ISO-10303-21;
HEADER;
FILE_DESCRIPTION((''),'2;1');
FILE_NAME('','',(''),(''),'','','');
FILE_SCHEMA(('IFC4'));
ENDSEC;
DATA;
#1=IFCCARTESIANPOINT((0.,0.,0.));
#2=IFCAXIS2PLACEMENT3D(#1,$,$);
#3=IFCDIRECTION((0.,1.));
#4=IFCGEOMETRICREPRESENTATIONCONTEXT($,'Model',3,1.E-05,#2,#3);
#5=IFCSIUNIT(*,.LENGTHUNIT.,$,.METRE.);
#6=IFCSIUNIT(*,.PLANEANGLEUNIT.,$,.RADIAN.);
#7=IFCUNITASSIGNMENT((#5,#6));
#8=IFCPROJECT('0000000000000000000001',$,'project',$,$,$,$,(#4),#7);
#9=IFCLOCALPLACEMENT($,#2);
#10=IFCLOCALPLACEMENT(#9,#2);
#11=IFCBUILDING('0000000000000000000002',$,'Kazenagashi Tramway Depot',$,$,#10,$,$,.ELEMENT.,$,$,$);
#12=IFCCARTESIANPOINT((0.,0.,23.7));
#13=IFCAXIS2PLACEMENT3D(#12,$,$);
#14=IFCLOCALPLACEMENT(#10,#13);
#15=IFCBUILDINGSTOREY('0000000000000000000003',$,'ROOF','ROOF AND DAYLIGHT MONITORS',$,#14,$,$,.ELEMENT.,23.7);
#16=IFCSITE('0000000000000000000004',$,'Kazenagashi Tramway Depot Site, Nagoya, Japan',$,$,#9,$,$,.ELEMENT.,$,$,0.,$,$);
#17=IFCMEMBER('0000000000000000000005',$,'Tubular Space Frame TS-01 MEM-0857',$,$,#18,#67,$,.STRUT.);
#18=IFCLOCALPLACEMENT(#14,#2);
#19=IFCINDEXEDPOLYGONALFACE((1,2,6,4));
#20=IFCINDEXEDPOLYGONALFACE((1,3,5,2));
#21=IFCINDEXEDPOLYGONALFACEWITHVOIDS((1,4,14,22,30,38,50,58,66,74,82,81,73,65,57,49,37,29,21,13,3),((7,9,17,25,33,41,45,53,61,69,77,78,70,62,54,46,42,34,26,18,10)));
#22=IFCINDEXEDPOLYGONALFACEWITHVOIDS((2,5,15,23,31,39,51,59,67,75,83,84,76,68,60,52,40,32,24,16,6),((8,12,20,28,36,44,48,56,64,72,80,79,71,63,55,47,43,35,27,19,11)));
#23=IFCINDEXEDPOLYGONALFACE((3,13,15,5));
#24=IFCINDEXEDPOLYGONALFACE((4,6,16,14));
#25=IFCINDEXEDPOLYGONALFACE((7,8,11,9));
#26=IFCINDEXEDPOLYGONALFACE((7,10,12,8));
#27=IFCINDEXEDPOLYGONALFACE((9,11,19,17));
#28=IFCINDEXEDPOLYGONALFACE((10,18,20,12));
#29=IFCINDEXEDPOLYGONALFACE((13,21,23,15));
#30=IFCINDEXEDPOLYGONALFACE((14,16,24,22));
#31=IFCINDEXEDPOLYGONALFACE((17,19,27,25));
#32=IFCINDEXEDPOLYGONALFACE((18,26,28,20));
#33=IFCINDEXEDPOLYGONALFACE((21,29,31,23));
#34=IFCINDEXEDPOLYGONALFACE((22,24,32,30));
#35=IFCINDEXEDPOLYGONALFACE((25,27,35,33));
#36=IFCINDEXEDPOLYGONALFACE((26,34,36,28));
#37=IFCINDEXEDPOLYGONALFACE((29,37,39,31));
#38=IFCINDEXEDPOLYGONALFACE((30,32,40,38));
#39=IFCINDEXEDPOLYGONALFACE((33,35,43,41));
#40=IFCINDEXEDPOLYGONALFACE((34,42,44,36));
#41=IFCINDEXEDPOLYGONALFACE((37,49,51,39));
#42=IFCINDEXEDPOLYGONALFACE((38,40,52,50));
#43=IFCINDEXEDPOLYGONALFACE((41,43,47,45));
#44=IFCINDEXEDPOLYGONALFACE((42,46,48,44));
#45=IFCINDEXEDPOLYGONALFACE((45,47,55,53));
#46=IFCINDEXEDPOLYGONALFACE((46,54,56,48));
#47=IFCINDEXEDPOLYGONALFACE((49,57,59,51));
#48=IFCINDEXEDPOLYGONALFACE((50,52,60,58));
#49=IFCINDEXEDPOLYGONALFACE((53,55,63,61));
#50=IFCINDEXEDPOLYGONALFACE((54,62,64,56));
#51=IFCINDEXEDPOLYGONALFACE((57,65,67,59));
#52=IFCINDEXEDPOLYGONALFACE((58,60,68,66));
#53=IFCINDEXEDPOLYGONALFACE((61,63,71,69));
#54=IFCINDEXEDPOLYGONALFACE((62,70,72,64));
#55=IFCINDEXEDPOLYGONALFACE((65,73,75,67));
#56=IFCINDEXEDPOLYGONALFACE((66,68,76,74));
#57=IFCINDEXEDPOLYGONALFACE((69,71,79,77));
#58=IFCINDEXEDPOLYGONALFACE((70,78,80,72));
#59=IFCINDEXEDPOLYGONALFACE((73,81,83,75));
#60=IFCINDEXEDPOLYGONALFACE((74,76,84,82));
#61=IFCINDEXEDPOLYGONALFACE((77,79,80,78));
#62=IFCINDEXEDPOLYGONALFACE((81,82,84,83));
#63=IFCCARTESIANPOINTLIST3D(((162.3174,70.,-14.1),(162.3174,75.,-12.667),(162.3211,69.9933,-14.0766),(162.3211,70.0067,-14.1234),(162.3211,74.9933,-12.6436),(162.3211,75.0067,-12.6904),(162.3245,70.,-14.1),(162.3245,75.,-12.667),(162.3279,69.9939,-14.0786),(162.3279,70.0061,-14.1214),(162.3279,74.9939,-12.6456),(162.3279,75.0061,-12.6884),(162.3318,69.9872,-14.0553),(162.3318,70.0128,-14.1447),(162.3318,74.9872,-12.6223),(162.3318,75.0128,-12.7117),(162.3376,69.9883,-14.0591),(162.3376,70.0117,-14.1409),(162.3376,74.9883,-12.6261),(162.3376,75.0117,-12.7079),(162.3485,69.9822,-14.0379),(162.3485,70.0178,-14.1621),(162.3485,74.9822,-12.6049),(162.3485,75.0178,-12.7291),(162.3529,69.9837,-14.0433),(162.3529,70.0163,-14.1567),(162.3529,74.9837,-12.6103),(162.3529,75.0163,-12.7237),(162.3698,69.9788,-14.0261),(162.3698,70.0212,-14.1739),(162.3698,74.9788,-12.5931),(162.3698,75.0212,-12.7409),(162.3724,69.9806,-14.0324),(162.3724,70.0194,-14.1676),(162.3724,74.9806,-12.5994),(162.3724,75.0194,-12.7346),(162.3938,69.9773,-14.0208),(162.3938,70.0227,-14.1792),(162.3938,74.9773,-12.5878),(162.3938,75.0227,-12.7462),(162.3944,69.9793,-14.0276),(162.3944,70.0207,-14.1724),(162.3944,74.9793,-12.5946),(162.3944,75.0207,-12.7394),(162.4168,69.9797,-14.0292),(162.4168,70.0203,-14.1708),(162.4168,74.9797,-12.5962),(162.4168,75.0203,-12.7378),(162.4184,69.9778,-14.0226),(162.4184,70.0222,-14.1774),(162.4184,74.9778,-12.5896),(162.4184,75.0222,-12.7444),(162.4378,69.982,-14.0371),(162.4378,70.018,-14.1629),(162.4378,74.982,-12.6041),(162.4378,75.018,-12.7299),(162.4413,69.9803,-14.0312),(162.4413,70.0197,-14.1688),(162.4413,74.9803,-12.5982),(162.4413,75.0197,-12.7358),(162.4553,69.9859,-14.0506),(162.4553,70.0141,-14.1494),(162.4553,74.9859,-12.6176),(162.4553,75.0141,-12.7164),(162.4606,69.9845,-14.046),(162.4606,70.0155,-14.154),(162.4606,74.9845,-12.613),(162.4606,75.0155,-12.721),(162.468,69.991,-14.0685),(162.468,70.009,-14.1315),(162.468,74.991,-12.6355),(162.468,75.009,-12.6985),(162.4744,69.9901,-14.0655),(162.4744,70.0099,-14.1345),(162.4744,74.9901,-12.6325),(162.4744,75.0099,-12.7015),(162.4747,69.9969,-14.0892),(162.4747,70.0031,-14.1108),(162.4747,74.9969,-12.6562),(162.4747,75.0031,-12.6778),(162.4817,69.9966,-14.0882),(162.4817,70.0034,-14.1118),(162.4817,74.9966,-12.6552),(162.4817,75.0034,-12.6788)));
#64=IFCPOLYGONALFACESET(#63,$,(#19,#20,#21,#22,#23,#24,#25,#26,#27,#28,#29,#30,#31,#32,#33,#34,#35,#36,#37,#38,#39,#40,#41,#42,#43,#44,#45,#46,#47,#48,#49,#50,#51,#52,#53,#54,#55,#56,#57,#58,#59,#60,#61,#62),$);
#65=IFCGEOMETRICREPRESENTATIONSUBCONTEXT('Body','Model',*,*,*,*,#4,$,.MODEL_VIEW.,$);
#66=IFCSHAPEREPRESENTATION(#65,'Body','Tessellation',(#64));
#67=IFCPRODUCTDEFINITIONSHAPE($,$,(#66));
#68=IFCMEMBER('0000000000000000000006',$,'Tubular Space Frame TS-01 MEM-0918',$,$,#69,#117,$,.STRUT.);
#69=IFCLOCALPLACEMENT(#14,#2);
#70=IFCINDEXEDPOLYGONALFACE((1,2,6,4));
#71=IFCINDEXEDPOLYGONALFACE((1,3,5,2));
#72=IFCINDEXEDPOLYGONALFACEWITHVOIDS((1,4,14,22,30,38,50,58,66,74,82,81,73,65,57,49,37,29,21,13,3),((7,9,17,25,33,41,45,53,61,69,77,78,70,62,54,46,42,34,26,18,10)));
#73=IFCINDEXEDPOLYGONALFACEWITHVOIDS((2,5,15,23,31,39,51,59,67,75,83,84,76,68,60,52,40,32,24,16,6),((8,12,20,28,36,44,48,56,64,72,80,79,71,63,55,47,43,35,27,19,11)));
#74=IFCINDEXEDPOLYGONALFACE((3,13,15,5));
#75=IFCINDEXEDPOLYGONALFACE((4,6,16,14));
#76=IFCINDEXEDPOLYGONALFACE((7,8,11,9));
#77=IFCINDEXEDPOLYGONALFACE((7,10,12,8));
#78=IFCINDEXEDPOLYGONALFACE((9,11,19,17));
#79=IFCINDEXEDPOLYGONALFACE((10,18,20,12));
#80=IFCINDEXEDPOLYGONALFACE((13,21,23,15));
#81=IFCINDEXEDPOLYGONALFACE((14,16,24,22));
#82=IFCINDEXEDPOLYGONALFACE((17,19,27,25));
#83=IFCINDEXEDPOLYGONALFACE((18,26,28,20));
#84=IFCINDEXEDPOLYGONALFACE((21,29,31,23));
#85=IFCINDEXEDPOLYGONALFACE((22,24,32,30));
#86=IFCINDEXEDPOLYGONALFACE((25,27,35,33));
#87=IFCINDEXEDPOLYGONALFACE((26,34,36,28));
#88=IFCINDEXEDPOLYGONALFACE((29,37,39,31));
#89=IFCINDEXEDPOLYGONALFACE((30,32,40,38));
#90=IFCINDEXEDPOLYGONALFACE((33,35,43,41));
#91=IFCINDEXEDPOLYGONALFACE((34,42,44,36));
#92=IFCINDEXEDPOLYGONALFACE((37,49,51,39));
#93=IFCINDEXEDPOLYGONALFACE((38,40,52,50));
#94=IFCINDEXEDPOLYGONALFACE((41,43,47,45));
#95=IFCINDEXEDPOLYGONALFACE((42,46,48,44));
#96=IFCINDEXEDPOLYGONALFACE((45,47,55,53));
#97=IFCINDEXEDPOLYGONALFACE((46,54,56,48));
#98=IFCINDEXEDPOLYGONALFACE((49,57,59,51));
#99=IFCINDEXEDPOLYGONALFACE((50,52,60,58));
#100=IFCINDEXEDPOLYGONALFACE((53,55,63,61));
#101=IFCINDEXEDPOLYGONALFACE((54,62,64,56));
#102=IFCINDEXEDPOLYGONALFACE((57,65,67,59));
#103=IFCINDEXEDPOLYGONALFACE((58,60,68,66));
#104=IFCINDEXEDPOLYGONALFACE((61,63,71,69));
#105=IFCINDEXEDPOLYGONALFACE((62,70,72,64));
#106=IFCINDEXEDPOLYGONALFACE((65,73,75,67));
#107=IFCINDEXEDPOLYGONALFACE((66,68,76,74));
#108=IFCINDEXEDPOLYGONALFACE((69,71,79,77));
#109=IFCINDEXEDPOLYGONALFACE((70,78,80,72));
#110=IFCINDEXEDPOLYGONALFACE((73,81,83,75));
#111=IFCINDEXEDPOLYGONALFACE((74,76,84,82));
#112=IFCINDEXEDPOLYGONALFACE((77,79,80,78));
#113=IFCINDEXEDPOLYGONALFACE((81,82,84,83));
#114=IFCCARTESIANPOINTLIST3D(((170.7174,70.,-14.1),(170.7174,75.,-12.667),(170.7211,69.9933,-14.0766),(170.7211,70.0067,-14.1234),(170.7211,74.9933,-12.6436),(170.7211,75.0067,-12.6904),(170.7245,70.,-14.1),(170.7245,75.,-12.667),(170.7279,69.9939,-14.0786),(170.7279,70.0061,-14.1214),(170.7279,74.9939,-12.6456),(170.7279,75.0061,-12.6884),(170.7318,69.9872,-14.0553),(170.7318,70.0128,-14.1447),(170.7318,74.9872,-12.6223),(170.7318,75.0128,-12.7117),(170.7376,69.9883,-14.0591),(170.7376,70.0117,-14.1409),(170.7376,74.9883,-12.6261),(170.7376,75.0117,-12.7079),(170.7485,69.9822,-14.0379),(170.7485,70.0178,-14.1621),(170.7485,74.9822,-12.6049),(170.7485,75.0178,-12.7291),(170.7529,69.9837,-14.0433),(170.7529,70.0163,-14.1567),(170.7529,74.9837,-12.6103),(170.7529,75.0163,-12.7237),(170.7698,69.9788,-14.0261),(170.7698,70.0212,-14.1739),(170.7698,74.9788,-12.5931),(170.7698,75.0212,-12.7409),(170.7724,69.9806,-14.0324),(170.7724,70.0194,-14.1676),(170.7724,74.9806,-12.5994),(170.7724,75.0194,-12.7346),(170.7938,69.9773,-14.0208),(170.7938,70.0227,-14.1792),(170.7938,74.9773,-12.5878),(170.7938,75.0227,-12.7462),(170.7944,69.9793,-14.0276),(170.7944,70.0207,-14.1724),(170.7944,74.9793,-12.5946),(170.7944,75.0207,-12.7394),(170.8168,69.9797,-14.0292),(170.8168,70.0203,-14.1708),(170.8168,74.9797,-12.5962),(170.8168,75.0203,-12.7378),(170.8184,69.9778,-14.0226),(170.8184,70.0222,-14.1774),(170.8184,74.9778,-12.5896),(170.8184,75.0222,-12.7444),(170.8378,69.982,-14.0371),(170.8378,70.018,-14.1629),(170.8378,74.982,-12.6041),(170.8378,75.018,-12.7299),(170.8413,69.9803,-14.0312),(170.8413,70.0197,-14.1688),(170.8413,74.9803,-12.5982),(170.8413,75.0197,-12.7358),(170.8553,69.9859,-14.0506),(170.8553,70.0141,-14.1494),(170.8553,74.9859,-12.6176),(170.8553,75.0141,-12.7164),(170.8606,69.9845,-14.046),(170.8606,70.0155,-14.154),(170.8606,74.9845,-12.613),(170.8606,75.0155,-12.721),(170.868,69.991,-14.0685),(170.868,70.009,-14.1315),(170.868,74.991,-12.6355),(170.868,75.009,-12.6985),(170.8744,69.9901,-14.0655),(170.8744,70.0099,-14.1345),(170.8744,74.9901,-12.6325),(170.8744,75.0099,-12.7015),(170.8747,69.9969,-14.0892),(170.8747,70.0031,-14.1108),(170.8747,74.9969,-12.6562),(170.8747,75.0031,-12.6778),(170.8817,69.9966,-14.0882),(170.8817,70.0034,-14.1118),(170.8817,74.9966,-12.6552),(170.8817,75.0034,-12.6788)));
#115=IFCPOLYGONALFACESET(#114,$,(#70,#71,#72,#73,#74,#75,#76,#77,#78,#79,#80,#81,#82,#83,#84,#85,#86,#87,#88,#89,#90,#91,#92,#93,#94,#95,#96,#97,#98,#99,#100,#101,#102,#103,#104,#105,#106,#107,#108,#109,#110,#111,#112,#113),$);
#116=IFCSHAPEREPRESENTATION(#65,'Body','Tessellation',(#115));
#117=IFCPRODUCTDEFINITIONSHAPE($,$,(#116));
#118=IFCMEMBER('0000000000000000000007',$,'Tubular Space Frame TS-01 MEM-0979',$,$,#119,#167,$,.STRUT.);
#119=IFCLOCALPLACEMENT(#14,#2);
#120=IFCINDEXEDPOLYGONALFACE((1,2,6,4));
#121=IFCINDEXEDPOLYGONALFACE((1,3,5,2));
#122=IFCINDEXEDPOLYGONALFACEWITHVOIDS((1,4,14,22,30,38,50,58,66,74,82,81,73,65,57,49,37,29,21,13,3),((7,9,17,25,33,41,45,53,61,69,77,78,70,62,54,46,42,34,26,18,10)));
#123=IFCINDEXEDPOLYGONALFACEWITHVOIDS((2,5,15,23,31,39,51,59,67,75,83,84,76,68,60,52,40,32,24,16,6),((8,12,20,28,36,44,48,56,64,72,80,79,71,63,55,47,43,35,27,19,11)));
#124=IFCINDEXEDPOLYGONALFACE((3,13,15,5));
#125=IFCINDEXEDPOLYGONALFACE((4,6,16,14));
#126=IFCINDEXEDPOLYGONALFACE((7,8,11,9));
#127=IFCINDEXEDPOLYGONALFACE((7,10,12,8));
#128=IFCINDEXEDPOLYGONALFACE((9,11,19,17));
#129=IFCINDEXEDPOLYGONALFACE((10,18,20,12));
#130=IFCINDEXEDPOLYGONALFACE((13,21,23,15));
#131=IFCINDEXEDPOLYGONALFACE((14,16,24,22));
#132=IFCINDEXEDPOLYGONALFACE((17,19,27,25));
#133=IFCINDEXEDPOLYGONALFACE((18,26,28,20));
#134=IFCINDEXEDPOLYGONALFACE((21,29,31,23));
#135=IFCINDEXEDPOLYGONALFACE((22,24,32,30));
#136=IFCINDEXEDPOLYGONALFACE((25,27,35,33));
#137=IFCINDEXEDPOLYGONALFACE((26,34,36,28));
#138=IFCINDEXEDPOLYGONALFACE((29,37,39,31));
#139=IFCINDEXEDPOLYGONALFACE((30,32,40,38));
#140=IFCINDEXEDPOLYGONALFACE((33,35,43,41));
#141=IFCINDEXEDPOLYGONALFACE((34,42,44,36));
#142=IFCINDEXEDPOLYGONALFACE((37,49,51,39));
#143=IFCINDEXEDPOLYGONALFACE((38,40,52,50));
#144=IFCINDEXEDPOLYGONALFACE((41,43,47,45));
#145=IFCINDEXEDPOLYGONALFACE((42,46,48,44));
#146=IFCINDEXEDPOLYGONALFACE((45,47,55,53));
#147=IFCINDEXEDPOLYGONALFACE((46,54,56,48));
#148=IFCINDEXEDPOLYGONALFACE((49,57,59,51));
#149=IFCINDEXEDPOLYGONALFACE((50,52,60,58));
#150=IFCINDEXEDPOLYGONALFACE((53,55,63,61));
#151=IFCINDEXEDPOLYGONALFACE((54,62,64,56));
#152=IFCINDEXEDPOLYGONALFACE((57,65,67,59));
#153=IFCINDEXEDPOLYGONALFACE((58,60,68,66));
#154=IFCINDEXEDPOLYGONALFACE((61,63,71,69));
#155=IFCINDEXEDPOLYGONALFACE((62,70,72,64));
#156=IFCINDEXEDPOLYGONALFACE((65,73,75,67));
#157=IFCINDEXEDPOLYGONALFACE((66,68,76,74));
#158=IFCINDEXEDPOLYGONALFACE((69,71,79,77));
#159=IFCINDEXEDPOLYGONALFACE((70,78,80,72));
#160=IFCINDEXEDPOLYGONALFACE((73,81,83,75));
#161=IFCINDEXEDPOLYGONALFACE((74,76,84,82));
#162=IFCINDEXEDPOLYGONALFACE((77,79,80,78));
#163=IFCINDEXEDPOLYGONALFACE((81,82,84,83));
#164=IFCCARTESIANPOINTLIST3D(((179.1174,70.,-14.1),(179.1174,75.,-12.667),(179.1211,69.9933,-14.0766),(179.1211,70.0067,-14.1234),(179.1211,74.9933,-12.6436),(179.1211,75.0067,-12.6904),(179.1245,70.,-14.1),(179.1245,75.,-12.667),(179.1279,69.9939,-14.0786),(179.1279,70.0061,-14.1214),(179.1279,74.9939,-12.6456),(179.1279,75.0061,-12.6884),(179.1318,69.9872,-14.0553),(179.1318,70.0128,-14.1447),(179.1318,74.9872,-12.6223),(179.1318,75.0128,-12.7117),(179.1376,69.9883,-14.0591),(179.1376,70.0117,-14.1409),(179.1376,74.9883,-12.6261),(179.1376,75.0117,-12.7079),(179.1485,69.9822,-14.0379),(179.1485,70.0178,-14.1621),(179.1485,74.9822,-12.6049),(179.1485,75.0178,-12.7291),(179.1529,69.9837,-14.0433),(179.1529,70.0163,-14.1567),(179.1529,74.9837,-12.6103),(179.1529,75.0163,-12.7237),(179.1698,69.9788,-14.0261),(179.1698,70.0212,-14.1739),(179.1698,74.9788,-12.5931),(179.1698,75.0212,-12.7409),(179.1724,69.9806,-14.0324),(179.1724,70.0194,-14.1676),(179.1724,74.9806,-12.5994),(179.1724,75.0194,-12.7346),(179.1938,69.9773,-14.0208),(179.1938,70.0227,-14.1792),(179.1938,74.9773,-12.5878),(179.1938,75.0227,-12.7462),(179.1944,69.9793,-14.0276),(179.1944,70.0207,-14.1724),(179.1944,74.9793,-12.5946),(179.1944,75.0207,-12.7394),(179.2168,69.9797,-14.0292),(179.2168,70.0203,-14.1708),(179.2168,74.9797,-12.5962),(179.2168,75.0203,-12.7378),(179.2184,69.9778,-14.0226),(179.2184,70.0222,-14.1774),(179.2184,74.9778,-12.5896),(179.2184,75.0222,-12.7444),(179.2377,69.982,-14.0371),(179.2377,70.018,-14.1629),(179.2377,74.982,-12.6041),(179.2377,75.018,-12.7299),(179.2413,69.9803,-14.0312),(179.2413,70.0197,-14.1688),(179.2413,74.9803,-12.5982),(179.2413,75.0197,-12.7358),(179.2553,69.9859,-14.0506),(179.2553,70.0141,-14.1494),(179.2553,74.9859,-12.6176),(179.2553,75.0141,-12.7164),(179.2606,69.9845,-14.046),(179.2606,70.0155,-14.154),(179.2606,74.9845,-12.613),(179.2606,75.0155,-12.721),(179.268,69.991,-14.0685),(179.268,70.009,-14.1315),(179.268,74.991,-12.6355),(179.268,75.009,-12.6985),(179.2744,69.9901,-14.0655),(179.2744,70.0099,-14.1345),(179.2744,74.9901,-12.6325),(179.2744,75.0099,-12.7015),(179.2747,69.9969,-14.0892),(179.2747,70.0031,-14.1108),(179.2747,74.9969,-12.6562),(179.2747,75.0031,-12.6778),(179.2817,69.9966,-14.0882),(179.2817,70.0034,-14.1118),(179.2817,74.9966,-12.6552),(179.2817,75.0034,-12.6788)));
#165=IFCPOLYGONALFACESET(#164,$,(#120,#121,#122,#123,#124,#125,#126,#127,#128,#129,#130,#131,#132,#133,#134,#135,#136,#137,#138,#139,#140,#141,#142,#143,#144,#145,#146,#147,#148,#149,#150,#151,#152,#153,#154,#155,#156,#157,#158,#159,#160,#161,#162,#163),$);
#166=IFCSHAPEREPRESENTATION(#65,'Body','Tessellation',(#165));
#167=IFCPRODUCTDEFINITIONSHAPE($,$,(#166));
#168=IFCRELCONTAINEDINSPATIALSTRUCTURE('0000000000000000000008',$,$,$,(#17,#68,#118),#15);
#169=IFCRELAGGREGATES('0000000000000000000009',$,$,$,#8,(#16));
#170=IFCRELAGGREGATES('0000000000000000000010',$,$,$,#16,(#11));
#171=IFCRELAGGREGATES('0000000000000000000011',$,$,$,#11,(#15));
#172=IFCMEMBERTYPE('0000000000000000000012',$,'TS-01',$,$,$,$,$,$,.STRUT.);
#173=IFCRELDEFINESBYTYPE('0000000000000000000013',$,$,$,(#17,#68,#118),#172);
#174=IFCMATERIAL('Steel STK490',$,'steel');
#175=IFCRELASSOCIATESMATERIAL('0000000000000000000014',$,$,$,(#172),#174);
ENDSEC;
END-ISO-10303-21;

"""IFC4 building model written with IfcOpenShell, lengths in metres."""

from ifc_helpers import new_model, si_unit, direction, frame, origin, origin_2d, place, context, subcontext, project, spatial, hollow_circle, extrude, material, material_profile, profile_set, type_object, element, save


model = new_model("IFC4")

# Units and contexts
model_context = context("Model", 3, precision=1e-05, world=origin(), true_north=direction((0.0, 1.0)))
body_context = subcontext(model_context, "Body", "Model", "MODEL_VIEW")
ifc_project = project(units=[si_unit("LENGTHUNIT", "METRE"), si_unit("PLANEANGLEUNIT", "RADIAN")], contexts=[model_context])

# Site, building, storey
site_placement = place(None, origin())
site = spatial("IfcSite", under=ifc_project, at=site_placement, Name="Kazenagashi Tramway Depot Site, Nagoya, Japan", CompositionType="ELEMENT", RefElevation=0.0)
building_placement = place(site_placement, origin())
building = spatial("IfcBuilding", under=site, at=building_placement, Name="Kazenagashi Tramway Depot", CompositionType="ELEMENT")
storey_placement = place(building_placement, frame((0.0, 0.0, 23.7)))
storey = spatial("IfcBuildingStorey", under=building, at=storey_placement, Name="ROOF", Description="ROOF AND DAYLIGHT MONITORS", CompositionType="ELEMENT", Elevation=23.7)

# Members
ifc_material_1 = material(Name="Steel STK490", Category="steel")
ifc_material_profile_1 = material_profile(ifc_material_1, hollow_circle(Radius=0.0826, WallThickness=0.0071, at=origin_2d()), Name="CHS-165.2x7.1")
ifc_profile_set_1 = profile_set([ifc_material_profile_1], Name="Steel STK490")
member_type_1 = type_object("IfcMemberType", Name="TS-01", PredefinedType="STRUT", material=ifc_profile_set_1)
for number, where, z_axis, x_axis, name in (
    (1, (162.4, 70.0, -14.1), (0.0, 0.961299, 0.275508), (-1.0, 0.0, 0.0), "Tubular Space Frame TS-01 MEM-0857"),
    (2, (170.8, 70.0, -14.1), (0.0, 0.961299, 0.275508), (-1.0, 0.0, 0.0), "Tubular Space Frame TS-01 MEM-0918"),
    (3, (179.2, 70.0, -14.1), (0.0, 0.961299, 0.275508), (-1.0, 0.0, 0.0), "Tubular Space Frame TS-01 MEM-0979"),
):
    element("IfcMember", number, at=place(storey_placement, frame(where, z_axis=z_axis, x_axis=x_axis)), inside=storey, type_object=member_type_1, Name=name, PredefinedType="STRUT", context=body_context, shape_type="SweptSolid", body=[
        extrude(hollow_circle(Radius=0.0826, WallThickness=0.0071, at=origin_2d()), origin(), (0.0, 0.0, 1.0), 5.2013),
    ])

save(model, "model.ifc")
